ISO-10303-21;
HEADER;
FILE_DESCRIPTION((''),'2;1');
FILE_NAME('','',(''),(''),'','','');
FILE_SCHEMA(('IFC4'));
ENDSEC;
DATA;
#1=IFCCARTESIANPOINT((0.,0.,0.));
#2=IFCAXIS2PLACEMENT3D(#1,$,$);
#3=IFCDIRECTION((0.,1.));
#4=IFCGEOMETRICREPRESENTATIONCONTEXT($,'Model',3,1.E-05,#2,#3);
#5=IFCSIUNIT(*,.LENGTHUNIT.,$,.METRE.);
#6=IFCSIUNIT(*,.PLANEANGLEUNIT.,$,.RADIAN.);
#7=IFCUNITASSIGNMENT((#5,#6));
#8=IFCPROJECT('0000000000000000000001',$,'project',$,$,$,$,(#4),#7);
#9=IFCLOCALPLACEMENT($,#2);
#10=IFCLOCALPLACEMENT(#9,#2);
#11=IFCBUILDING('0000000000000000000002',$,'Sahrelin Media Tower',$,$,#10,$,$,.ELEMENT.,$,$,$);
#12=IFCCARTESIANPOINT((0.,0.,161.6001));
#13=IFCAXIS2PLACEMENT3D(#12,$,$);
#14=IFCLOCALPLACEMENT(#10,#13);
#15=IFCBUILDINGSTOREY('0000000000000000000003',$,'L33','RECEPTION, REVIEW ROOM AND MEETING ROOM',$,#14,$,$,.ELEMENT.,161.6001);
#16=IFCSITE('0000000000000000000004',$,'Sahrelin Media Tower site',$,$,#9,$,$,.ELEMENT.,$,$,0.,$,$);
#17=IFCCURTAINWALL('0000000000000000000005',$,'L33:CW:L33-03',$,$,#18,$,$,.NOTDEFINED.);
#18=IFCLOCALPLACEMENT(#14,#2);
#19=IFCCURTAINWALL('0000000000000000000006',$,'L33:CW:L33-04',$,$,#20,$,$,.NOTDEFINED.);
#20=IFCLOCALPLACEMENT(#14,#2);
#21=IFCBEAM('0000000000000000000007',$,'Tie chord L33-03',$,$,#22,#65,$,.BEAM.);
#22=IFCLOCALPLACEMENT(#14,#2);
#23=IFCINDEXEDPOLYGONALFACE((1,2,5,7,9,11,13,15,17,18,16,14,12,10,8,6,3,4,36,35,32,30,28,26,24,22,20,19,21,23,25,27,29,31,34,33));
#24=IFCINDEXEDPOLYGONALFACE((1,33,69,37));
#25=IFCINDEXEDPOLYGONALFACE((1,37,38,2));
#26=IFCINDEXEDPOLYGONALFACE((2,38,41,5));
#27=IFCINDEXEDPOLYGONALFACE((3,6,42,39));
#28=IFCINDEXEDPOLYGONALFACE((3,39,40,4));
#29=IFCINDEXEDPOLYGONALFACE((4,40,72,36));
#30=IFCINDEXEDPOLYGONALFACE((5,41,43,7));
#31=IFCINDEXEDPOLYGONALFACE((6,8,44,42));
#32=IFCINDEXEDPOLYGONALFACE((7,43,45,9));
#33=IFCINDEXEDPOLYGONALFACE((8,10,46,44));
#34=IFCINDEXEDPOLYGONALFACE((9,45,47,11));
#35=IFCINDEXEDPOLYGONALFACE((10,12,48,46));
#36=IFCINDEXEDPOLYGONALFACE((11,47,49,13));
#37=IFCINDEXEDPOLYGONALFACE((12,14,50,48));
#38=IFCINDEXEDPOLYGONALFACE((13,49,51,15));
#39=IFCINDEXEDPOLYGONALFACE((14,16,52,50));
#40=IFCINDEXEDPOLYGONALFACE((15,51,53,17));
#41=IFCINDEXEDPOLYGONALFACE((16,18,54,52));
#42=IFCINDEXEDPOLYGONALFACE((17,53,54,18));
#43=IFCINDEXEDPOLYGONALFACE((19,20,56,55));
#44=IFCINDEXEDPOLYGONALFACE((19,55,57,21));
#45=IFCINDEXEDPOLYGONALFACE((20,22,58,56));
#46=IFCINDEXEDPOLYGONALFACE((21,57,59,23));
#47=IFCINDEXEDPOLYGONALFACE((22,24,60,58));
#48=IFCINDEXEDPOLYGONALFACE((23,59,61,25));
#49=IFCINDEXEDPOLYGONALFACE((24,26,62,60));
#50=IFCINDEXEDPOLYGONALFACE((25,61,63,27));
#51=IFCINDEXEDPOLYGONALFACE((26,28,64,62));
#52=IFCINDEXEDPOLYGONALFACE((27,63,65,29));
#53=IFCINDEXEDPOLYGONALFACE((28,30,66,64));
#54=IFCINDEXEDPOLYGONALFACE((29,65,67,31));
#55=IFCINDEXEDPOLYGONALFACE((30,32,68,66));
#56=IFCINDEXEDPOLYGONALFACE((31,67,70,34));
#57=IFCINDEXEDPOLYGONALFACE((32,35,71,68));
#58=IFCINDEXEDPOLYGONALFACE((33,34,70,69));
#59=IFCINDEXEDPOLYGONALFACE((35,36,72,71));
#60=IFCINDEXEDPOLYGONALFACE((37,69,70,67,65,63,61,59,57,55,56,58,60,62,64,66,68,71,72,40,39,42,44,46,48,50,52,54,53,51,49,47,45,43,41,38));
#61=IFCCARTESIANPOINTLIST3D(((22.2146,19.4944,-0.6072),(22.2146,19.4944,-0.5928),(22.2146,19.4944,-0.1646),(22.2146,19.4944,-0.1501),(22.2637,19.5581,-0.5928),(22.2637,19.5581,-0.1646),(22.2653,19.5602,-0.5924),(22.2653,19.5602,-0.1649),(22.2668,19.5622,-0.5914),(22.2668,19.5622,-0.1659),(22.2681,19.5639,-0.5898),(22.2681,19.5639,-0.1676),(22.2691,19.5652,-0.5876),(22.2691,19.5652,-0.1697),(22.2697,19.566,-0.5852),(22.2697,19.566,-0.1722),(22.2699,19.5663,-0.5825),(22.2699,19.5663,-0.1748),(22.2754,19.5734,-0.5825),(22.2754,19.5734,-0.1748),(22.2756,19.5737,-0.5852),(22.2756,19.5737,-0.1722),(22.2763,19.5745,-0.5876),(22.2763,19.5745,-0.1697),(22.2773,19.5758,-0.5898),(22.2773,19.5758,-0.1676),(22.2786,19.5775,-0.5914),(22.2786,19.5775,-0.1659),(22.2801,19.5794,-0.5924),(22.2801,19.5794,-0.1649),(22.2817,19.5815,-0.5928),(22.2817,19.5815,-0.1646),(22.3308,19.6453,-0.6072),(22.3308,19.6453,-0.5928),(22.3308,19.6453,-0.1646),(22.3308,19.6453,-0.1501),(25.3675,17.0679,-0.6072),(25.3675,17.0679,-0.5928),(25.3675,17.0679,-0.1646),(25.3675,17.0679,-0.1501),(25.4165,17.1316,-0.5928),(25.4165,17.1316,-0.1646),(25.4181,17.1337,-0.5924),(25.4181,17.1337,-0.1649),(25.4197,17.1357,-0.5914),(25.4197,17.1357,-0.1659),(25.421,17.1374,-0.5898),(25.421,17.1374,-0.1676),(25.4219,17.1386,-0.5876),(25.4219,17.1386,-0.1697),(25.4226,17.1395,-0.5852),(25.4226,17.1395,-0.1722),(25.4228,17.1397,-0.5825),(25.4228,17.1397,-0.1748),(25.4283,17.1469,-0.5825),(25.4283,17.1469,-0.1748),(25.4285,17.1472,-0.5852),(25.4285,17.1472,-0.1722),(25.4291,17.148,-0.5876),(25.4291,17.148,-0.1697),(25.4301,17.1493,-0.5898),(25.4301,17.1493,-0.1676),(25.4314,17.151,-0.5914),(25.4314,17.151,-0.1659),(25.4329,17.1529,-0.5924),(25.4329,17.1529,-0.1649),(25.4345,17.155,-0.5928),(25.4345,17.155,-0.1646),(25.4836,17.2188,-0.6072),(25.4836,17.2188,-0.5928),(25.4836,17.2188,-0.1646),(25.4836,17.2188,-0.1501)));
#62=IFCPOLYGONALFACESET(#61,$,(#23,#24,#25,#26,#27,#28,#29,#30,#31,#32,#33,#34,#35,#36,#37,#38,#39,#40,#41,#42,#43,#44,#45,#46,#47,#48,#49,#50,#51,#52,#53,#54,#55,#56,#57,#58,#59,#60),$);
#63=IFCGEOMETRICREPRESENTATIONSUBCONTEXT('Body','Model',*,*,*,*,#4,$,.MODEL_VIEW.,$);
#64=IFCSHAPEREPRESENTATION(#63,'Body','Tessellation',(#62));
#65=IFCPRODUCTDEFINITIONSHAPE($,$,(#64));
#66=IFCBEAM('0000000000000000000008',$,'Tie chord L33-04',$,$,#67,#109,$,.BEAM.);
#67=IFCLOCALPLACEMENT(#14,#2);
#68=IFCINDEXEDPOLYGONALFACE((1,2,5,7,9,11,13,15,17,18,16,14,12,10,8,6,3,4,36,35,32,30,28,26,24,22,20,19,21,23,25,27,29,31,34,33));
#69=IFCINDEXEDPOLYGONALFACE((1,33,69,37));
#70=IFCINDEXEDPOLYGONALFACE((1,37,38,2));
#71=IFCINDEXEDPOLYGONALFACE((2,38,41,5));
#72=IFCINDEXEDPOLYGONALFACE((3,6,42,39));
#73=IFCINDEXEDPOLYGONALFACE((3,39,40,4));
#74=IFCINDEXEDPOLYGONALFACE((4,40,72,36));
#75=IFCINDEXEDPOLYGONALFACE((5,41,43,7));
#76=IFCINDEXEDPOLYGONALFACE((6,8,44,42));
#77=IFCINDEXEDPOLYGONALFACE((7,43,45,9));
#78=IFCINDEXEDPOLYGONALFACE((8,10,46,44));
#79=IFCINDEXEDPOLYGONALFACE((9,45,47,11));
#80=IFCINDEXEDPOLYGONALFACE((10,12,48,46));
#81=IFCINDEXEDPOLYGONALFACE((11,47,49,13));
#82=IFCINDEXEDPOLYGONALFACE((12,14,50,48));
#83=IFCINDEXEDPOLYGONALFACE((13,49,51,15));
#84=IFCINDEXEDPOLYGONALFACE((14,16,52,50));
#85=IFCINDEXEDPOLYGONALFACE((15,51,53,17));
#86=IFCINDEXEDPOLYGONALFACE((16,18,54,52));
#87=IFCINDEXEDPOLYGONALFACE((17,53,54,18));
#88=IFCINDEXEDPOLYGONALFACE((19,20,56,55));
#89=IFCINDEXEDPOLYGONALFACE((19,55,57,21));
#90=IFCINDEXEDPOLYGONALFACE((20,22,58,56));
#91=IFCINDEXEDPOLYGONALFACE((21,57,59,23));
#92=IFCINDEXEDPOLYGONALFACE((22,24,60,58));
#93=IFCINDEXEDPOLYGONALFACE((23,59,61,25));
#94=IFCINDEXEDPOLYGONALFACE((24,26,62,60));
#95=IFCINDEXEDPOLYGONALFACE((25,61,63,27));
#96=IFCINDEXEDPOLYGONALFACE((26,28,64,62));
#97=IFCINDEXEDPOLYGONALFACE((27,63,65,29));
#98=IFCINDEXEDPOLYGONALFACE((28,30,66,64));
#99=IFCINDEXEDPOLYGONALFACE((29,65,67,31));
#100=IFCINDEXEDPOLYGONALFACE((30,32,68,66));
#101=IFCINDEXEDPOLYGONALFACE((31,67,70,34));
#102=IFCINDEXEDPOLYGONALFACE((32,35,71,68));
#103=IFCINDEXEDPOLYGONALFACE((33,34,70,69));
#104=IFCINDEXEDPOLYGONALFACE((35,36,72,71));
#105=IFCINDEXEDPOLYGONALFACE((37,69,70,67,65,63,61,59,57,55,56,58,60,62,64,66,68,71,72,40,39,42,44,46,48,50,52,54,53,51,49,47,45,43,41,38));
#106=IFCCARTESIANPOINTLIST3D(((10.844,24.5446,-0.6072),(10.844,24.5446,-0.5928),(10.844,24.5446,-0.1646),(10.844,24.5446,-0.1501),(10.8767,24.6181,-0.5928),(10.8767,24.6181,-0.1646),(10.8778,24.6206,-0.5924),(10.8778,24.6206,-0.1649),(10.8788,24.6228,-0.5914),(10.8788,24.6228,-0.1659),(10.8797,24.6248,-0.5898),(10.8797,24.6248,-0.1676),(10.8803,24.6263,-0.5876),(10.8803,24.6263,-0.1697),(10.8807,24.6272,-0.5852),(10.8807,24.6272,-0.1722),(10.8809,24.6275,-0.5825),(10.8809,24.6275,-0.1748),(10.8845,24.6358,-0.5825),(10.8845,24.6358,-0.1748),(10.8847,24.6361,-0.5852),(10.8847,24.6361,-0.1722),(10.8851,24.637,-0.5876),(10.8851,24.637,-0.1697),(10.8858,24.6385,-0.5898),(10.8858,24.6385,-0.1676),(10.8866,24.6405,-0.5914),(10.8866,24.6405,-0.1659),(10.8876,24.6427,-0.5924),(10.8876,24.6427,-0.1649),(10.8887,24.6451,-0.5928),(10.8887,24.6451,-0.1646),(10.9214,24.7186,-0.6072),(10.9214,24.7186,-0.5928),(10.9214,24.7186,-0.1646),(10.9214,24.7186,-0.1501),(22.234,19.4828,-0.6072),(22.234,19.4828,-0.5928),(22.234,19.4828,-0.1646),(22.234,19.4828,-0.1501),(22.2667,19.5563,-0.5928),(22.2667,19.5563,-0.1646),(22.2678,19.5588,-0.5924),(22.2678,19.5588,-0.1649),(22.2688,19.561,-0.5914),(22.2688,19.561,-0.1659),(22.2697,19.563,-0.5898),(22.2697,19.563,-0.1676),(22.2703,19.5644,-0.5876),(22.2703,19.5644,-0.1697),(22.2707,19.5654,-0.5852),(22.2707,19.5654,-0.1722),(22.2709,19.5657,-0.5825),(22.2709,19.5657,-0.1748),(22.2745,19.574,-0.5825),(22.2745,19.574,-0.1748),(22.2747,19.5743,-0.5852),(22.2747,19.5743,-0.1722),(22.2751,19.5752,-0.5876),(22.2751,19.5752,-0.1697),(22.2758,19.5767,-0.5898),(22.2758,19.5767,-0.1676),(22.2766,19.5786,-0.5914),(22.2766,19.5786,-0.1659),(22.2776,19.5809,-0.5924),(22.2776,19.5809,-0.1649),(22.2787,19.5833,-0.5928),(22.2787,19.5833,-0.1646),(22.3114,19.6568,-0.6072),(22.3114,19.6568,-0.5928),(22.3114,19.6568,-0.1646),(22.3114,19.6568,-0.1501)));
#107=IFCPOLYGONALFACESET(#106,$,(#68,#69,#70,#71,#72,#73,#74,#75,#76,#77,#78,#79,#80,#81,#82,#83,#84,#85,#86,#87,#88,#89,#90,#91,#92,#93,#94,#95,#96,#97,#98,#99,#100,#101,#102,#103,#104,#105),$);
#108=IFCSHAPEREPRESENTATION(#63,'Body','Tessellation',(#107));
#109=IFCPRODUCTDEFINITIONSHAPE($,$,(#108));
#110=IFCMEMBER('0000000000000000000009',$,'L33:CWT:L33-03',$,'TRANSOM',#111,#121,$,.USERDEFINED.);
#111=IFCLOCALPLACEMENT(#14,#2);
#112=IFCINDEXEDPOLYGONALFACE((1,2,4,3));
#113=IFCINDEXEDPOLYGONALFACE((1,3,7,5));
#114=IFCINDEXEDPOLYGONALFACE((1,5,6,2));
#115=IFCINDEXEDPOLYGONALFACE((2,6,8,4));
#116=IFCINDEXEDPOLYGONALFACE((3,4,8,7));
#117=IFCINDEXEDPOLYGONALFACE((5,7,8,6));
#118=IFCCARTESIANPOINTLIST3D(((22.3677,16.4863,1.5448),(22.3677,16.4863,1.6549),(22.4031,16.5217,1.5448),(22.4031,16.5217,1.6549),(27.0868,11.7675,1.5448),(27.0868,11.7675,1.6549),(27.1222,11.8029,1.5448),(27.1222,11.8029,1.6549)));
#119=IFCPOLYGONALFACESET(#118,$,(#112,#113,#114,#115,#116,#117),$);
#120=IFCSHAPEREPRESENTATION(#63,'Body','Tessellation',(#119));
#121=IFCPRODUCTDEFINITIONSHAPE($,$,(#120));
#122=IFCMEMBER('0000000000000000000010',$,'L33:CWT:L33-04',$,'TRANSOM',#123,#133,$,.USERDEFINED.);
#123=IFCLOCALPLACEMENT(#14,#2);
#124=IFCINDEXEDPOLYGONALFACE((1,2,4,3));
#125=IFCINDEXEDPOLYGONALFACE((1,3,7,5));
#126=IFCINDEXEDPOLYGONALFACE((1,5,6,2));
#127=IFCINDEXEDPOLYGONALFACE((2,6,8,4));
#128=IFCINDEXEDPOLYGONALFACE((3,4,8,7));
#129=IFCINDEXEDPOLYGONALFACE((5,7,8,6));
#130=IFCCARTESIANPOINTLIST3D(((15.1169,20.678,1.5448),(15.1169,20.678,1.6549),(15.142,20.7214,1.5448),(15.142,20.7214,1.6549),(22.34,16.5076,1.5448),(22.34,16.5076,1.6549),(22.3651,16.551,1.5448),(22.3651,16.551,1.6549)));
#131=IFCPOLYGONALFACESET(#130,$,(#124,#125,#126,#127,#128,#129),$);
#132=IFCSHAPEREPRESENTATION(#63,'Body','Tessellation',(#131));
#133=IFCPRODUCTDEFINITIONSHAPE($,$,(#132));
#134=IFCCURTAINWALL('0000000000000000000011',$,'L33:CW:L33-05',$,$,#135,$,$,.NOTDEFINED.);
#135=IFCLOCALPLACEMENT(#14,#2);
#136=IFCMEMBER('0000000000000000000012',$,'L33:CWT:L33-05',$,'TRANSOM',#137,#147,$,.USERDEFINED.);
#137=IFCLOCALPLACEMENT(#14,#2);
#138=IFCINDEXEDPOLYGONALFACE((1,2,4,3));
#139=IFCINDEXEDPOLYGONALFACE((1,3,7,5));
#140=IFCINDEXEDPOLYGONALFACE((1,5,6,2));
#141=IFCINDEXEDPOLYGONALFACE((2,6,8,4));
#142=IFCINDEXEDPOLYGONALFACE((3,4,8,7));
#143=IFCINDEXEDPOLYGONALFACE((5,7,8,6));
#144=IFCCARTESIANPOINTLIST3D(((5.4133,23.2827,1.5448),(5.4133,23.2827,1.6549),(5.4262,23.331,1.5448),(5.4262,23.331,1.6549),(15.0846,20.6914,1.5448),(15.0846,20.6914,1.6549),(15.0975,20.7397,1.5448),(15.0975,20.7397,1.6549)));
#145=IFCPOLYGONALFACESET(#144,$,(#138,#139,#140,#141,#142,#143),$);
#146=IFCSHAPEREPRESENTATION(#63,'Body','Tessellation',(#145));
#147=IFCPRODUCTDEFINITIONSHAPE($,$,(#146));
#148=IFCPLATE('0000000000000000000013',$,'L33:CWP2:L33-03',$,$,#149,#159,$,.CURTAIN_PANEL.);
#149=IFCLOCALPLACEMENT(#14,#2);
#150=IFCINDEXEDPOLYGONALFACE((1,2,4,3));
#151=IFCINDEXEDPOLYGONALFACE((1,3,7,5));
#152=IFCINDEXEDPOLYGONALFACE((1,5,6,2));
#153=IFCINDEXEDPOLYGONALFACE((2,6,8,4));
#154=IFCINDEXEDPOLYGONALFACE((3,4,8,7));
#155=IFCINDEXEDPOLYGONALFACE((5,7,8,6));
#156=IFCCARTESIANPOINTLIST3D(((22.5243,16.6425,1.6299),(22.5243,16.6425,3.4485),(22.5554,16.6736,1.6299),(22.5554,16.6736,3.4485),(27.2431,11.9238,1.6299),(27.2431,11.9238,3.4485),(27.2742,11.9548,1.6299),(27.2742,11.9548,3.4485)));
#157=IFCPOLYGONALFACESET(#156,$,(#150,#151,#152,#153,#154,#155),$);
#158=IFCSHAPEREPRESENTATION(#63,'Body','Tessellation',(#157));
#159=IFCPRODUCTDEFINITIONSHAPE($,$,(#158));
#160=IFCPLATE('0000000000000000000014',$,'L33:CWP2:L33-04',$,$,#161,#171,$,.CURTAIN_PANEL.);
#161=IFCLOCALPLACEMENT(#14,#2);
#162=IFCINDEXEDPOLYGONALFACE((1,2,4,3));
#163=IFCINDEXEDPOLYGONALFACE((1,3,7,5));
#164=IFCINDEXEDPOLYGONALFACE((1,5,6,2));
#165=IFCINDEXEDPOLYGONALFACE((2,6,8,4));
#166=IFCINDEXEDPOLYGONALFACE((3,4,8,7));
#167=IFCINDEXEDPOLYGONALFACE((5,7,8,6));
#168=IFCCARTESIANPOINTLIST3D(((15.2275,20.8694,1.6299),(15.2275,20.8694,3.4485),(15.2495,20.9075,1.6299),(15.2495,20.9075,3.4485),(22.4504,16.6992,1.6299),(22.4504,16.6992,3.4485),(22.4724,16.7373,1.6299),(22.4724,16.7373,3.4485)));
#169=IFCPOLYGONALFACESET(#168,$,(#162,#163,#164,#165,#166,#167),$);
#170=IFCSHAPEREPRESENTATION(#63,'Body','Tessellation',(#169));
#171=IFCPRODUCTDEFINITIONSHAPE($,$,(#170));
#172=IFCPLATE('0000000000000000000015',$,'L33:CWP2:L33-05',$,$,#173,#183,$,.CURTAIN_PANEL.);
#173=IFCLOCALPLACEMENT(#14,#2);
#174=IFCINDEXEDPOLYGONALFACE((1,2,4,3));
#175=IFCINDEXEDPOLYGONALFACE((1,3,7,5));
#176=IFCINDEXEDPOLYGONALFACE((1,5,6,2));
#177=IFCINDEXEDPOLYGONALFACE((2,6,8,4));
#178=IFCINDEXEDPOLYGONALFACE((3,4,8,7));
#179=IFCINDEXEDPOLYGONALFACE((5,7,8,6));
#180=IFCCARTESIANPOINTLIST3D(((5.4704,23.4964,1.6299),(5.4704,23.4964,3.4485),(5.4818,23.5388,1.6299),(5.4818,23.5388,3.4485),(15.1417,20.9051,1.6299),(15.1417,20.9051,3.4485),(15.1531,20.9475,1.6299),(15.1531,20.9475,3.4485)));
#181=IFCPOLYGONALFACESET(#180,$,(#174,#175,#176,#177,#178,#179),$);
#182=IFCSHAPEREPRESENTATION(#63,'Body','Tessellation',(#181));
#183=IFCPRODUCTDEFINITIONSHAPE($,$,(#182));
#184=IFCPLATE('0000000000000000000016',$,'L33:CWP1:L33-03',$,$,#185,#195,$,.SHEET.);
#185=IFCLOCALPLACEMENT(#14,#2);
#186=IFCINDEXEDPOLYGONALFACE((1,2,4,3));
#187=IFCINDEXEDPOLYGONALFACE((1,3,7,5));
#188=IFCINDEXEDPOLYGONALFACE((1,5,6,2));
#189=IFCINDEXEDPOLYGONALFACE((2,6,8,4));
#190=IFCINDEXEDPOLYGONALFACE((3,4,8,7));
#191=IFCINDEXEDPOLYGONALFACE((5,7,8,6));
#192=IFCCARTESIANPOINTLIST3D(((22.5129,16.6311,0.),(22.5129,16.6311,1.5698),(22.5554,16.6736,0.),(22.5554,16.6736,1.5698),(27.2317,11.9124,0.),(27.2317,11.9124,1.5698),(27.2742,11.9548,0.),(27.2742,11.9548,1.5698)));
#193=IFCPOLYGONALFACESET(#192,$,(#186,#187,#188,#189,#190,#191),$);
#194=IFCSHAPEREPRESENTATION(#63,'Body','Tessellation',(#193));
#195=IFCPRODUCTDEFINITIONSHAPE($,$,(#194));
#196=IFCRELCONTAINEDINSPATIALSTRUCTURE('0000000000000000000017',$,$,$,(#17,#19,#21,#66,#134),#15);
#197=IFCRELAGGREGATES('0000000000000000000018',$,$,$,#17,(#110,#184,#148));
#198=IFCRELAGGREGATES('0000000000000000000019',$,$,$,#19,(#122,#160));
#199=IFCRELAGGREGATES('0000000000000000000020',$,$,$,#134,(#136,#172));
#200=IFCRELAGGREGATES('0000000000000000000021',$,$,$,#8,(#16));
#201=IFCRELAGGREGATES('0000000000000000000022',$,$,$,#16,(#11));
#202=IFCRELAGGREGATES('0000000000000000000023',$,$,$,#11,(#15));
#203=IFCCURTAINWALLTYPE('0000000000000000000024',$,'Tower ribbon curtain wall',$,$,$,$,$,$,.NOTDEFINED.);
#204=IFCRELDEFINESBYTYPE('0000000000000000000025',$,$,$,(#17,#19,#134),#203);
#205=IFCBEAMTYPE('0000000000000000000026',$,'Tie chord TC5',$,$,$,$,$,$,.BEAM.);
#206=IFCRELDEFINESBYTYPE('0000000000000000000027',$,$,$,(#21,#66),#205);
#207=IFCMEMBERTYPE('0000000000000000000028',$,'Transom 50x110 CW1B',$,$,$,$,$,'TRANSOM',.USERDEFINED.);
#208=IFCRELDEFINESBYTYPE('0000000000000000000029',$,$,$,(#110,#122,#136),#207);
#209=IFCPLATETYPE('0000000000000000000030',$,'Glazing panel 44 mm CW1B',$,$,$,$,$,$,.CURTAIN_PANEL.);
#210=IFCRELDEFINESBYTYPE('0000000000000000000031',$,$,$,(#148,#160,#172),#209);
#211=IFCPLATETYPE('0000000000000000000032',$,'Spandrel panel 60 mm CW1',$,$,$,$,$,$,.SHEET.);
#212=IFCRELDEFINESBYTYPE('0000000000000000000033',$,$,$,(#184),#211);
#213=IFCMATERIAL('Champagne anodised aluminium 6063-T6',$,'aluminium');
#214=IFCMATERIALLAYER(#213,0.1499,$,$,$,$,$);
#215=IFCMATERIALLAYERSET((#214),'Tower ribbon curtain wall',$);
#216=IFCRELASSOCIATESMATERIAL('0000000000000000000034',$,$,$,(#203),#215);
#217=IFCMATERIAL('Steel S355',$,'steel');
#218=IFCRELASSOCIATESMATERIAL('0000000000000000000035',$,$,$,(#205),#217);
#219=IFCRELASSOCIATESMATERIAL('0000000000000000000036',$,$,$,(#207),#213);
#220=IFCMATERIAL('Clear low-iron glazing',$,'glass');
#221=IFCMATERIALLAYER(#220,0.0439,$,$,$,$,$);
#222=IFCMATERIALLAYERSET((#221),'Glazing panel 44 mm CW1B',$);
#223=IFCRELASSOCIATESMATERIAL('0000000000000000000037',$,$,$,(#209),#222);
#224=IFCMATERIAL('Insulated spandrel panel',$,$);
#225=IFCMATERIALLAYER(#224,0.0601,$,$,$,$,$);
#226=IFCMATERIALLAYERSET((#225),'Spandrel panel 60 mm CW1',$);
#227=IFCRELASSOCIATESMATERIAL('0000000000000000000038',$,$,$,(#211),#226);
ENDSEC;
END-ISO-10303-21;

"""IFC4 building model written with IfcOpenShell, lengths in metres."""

from ifc_helpers import new_model, si_unit, direction, frame, origin, origin_2d, place, context, subcontext, project, spatial, polyline, rectangle, i_section, outline, extrude, material, layer, layer_set, material_profile, profile_set, type_object, element, aggregate, save


model = new_model("IFC4")

# Units and contexts
model_context = context("Model", 3, precision=1e-05, world=origin(), true_north=direction((0.0, 1.0)))
body_context = subcontext(model_context, "Body", "Model", "MODEL_VIEW")
ifc_project = project(units=[si_unit("LENGTHUNIT", "METRE"), si_unit("PLANEANGLEUNIT", "RADIAN")], contexts=[model_context])

# Site, building, storey
site_placement = place(None, origin())
site = spatial("IfcSite", under=ifc_project, at=site_placement, Name="Sahrelin Media Tower site", CompositionType="ELEMENT", RefElevation=0.0)
building_placement = place(site_placement, origin())
building = spatial("IfcBuilding", under=site, at=building_placement, Name="Sahrelin Media Tower", CompositionType="ELEMENT")
storey_placement = place(building_placement, frame((0.0, 0.0, 161.6001)))
storey = spatial("IfcBuildingStorey", under=building, at=storey_placement, Name="L33", Description="RECEPTION, REVIEW ROOM AND MEETING ROOM", CompositionType="ELEMENT", Elevation=161.6001)

# Shared definitions
ifc_material_1 = material(Name="Steel S355", Category="steel")

# Curtain walls
ifc_material_2 = material(Name="Champagne anodised aluminium 6063-T6", Category="aluminium")
ifc_layer_1 = layer(ifc_material_2, 0.1499)
ifc_layer_set_1 = layer_set([ifc_layer_1], Name="Tower ribbon curtain wall")
curtain_wall_type = type_object("IfcCurtainWallType", Name="Tower ribbon curtain wall", PredefinedType="NOTDEFINED", material=ifc_layer_set_1)
curtain_wall_1_placement = place(storey_placement, frame((24.9006, 14.3003, 0.0), z_axis=(0.0, 0.0, 1.0), x_axis=(1.0, 0.0, 0.0)))
curtain_wall_1 = element("IfcCurtainWall", 1, at=curtain_wall_1_placement, inside=storey, type_object=curtain_wall_type, Name="L33:CW:L33-03", PredefinedType="NOTDEFINED")
curtain_wall_2_placement = place(storey_placement, frame((18.8511, 18.8049, 0.0), z_axis=(0.0, 0.0, 1.0), x_axis=(1.0, 0.0, 0.0)))
curtain_wall_2 = element("IfcCurtainWall", 2, at=curtain_wall_2_placement, inside=storey, type_object=curtain_wall_type, Name="L33:CW:L33-04", PredefinedType="NOTDEFINED")

# Beams
ifc_material_profile_1 = material_profile(ifc_material_1, i_section(OverallWidth=0.1904, OverallDepth=0.457, WebThickness=0.009, FlangeThickness=0.0144, FilletRadius=0.0103, at=origin_2d()), Name="UB 457x191x74")
ifc_profile_set_1 = profile_set([ifc_material_profile_1], Name="Steel S355")
beam_type_1 = type_object("IfcBeamType", Name="Tie chord TC5", PredefinedType="BEAM", material=ifc_profile_set_1)
beam_1_placement = place(storey_placement, frame((25.4255, 17.1433, -0.3787), z_axis=(-0.792471, 0.609909, 0.0), x_axis=(-0.609909, -0.792471, 0.0)))
element("IfcBeam", 3, at=beam_1_placement, inside=storey, type_object=beam_type_1, Name="Tie chord L33-03", PredefinedType="BEAM", context=body_context, shape_type="SweptSolid", body=[
    extrude(i_section(OverallWidth=0.1904, OverallDepth=0.457, WebThickness=0.009, FlangeThickness=0.0144, FilletRadius=0.0103, at=origin_2d()), origin(), (0.0, 0.0, 1.0), 3.9785),
])
beam_2_placement = place(storey_placement, frame((22.2727, 19.5698, -0.3787), z_axis=(-0.913824, 0.406111, 0.0), x_axis=(-0.406111, -0.913824, 0.0)))
element("IfcBeam", 4, at=beam_2_placement, inside=storey, type_object=beam_type_1, Name="Tie chord L33-04", PredefinedType="BEAM", context=body_context, shape_type="SweptSolid", body=[
    extrude(i_section(OverallWidth=0.1904, OverallDepth=0.457, WebThickness=0.009, FlangeThickness=0.0144, FilletRadius=0.0103, at=origin_2d()), origin(), (0.0, 0.0, 1.0), 12.4641),
])

# Members
ifc_material_profile_2 = material_profile(ifc_material_2, rectangle(XDim=0.05, YDim=0.1101, at=origin_2d()), Name="Transom 50x110")
ifc_profile_set_2 = profile_set([ifc_material_profile_2], Name="Champagne anodised aluminium 6063-T6")
member_type_1 = type_object("IfcMemberType", Name="Transom 50x110 CW1B", ElementType="TRANSOM", PredefinedType="USERDEFINED", material=ifc_profile_set_2)
member_1_placement = place(storey_placement, frame((27.1045, 11.7852, 1.5999), z_axis=(-0.707125, 0.707088, 0.0), x_axis=(-0.707088, -0.707125, 0.0)))
member_1 = element("IfcMember", 5, at=member_1_placement, type_object=member_type_1, Name="L33:CWT:L33-03", ObjectType="TRANSOM", PredefinedType="USERDEFINED", context=body_context, shape_type="SweptSolid", body=[
    extrude(rectangle(XDim=0.05, YDim=0.1101, at=origin_2d()), origin(), (0.0, 0.0, 1.0), 6.6736),
])
member_2_placement = place(storey_placement, frame((22.3525, 16.5293, 1.5999), z_axis=(-0.866019, 0.500011, 0.0), x_axis=(-0.500011, -0.866019, 0.0)))
member_2 = element("IfcMember", 6, at=member_2_placement, type_object=member_type_1, Name="L33:CWT:L33-04", ObjectType="TRANSOM", PredefinedType="USERDEFINED", context=body_context, shape_type="SweptSolid", body=[
    extrude(rectangle(XDim=0.05, YDim=0.1101, at=origin_2d()), origin(), (0.0, 0.0, 1.0), 8.3406),
])

# Curtain wall, member
curtain_wall_3_placement = place(storey_placement, frame((10.3123, 22.2236, 0.0), z_axis=(0.0, 0.0, 1.0), x_axis=(1.0, 0.0, 0.0)))
curtain_wall_3 = element("IfcCurtainWall", 7, at=curtain_wall_3_placement, inside=storey, type_object=curtain_wall_type, Name="L33:CW:L33-05", PredefinedType="NOTDEFINED")
member_3_placement = place(storey_placement, frame((15.0911, 20.7156, 1.5999), z_axis=(-0.965929, 0.258807, 0.0), x_axis=(-0.258807, -0.965929, 0.0)))
member_3 = element("IfcMember", 8, at=member_3_placement, type_object=member_type_1, Name="L33:CWT:L33-05", ObjectType="TRANSOM", PredefinedType="USERDEFINED", context=body_context, shape_type="SweptSolid", body=[
    extrude(rectangle(XDim=0.05, YDim=0.1101, at=origin_2d()), origin(), (0.0, 0.0, 1.0), 10.0125),
])

# Plates
ifc_material_3 = material(Name="Clear low-iron glazing", Category="glass")
ifc_layer_2 = layer(ifc_material_3, 0.0439)
ifc_layer_set_2 = layer_set([ifc_layer_2], Name="Glazing panel 44 mm CW1B")
plate_type_1 = type_object("IfcPlateType", Name="Glazing panel 44 mm CW1B", PredefinedType="CURTAIN_PANEL", material=ifc_layer_set_2)
plate_1_placement = place(storey_placement, frame((27.2742, 11.9548, 1.6299), z_axis=(0.707107, 0.707107, 0.0), x_axis=(-0.707107, 0.707107, 0.0)))
plate_1 = element("IfcPlate", 9, at=plate_1_placement, type_object=plate_type_1, Name="L33:CWP2:L33-03", PredefinedType="CURTAIN_PANEL", context=body_context, shape_type="SweptSolid", body=[
    extrude(outline(polyline([(0.0, 0.0), (6.6733, 0.0), (6.6733, 1.8186), (0.0, 1.8186), (0.0, 0.0)])), origin(), (0.0, 0.0, -1.0), 0.0439),
])
plate_2_placement = place(storey_placement, frame((22.4724, 16.7373, 1.6299), z_axis=(0.500002, 0.866024, 0.0), x_axis=(-0.866024, 0.500002, 0.0)))
plate_2 = element("IfcPlate", 10, at=plate_2_placement, type_object=plate_type_1, Name="L33:CWP2:L33-04", PredefinedType="CURTAIN_PANEL", context=body_context, shape_type="SweptSolid", body=[
    extrude(outline(polyline([(0.0, 0.0), (8.3403, 0.0), (8.3403, 1.8186), (0.0, 1.8186), (0.0, 0.0)])), origin(), (0.0, 0.0, -1.0), 0.0439),
])
plate_3_placement = place(storey_placement, frame((15.1531, 20.9475, 1.6299), z_axis=(0.258807, 0.965929, 0.0), x_axis=(-0.965929, 0.258807, 0.0)))
plate_3 = element("IfcPlate", 11, at=plate_3_placement, type_object=plate_type_1, Name="L33:CWP2:L33-05", PredefinedType="CURTAIN_PANEL", context=body_context, shape_type="SweptSolid", body=[
    extrude(outline(polyline([(0.0, 0.0), (10.0125, 0.0), (10.0125, 1.8186), (0.0, 1.8186), (0.0, 0.0)])), origin(), (0.0, 0.0, -1.0), 0.0439),
])
ifc_material_4 = material(Name="Insulated spandrel panel")
ifc_layer_3 = layer(ifc_material_4, 0.0601)
ifc_layer_set_3 = layer_set([ifc_layer_3], Name="Spandrel panel 60 mm CW1")
plate_type_2 = type_object("IfcPlateType", Name="Spandrel panel 60 mm CW1", PredefinedType="SHEET", material=ifc_layer_set_3)
plate_4_placement = place(storey_placement, frame((27.2742, 11.9548, 0.0), z_axis=(0.707107, 0.707107, 0.0), x_axis=(-0.707107, 0.707107, 0.0)))
plate_4 = element("IfcPlate", 12, at=plate_4_placement, type_object=plate_type_2, Name="L33:CWP1:L33-03", PredefinedType="SHEET", context=body_context, shape_type="SweptSolid", body=[
    extrude(outline(polyline([(0.0, 0.0), (6.6733, 0.0), (6.6733, 1.5698), (0.0, 1.5698), (0.0, 0.0)])), origin(), (0.0, 0.0, -1.0), 0.0601),
])
aggregate(curtain_wall_1, [member_1, plate_4, plate_1])
aggregate(curtain_wall_2, [member_2, plate_2])
aggregate(curtain_wall_3, [member_3, plate_3])

save(model, "model.ifc")
